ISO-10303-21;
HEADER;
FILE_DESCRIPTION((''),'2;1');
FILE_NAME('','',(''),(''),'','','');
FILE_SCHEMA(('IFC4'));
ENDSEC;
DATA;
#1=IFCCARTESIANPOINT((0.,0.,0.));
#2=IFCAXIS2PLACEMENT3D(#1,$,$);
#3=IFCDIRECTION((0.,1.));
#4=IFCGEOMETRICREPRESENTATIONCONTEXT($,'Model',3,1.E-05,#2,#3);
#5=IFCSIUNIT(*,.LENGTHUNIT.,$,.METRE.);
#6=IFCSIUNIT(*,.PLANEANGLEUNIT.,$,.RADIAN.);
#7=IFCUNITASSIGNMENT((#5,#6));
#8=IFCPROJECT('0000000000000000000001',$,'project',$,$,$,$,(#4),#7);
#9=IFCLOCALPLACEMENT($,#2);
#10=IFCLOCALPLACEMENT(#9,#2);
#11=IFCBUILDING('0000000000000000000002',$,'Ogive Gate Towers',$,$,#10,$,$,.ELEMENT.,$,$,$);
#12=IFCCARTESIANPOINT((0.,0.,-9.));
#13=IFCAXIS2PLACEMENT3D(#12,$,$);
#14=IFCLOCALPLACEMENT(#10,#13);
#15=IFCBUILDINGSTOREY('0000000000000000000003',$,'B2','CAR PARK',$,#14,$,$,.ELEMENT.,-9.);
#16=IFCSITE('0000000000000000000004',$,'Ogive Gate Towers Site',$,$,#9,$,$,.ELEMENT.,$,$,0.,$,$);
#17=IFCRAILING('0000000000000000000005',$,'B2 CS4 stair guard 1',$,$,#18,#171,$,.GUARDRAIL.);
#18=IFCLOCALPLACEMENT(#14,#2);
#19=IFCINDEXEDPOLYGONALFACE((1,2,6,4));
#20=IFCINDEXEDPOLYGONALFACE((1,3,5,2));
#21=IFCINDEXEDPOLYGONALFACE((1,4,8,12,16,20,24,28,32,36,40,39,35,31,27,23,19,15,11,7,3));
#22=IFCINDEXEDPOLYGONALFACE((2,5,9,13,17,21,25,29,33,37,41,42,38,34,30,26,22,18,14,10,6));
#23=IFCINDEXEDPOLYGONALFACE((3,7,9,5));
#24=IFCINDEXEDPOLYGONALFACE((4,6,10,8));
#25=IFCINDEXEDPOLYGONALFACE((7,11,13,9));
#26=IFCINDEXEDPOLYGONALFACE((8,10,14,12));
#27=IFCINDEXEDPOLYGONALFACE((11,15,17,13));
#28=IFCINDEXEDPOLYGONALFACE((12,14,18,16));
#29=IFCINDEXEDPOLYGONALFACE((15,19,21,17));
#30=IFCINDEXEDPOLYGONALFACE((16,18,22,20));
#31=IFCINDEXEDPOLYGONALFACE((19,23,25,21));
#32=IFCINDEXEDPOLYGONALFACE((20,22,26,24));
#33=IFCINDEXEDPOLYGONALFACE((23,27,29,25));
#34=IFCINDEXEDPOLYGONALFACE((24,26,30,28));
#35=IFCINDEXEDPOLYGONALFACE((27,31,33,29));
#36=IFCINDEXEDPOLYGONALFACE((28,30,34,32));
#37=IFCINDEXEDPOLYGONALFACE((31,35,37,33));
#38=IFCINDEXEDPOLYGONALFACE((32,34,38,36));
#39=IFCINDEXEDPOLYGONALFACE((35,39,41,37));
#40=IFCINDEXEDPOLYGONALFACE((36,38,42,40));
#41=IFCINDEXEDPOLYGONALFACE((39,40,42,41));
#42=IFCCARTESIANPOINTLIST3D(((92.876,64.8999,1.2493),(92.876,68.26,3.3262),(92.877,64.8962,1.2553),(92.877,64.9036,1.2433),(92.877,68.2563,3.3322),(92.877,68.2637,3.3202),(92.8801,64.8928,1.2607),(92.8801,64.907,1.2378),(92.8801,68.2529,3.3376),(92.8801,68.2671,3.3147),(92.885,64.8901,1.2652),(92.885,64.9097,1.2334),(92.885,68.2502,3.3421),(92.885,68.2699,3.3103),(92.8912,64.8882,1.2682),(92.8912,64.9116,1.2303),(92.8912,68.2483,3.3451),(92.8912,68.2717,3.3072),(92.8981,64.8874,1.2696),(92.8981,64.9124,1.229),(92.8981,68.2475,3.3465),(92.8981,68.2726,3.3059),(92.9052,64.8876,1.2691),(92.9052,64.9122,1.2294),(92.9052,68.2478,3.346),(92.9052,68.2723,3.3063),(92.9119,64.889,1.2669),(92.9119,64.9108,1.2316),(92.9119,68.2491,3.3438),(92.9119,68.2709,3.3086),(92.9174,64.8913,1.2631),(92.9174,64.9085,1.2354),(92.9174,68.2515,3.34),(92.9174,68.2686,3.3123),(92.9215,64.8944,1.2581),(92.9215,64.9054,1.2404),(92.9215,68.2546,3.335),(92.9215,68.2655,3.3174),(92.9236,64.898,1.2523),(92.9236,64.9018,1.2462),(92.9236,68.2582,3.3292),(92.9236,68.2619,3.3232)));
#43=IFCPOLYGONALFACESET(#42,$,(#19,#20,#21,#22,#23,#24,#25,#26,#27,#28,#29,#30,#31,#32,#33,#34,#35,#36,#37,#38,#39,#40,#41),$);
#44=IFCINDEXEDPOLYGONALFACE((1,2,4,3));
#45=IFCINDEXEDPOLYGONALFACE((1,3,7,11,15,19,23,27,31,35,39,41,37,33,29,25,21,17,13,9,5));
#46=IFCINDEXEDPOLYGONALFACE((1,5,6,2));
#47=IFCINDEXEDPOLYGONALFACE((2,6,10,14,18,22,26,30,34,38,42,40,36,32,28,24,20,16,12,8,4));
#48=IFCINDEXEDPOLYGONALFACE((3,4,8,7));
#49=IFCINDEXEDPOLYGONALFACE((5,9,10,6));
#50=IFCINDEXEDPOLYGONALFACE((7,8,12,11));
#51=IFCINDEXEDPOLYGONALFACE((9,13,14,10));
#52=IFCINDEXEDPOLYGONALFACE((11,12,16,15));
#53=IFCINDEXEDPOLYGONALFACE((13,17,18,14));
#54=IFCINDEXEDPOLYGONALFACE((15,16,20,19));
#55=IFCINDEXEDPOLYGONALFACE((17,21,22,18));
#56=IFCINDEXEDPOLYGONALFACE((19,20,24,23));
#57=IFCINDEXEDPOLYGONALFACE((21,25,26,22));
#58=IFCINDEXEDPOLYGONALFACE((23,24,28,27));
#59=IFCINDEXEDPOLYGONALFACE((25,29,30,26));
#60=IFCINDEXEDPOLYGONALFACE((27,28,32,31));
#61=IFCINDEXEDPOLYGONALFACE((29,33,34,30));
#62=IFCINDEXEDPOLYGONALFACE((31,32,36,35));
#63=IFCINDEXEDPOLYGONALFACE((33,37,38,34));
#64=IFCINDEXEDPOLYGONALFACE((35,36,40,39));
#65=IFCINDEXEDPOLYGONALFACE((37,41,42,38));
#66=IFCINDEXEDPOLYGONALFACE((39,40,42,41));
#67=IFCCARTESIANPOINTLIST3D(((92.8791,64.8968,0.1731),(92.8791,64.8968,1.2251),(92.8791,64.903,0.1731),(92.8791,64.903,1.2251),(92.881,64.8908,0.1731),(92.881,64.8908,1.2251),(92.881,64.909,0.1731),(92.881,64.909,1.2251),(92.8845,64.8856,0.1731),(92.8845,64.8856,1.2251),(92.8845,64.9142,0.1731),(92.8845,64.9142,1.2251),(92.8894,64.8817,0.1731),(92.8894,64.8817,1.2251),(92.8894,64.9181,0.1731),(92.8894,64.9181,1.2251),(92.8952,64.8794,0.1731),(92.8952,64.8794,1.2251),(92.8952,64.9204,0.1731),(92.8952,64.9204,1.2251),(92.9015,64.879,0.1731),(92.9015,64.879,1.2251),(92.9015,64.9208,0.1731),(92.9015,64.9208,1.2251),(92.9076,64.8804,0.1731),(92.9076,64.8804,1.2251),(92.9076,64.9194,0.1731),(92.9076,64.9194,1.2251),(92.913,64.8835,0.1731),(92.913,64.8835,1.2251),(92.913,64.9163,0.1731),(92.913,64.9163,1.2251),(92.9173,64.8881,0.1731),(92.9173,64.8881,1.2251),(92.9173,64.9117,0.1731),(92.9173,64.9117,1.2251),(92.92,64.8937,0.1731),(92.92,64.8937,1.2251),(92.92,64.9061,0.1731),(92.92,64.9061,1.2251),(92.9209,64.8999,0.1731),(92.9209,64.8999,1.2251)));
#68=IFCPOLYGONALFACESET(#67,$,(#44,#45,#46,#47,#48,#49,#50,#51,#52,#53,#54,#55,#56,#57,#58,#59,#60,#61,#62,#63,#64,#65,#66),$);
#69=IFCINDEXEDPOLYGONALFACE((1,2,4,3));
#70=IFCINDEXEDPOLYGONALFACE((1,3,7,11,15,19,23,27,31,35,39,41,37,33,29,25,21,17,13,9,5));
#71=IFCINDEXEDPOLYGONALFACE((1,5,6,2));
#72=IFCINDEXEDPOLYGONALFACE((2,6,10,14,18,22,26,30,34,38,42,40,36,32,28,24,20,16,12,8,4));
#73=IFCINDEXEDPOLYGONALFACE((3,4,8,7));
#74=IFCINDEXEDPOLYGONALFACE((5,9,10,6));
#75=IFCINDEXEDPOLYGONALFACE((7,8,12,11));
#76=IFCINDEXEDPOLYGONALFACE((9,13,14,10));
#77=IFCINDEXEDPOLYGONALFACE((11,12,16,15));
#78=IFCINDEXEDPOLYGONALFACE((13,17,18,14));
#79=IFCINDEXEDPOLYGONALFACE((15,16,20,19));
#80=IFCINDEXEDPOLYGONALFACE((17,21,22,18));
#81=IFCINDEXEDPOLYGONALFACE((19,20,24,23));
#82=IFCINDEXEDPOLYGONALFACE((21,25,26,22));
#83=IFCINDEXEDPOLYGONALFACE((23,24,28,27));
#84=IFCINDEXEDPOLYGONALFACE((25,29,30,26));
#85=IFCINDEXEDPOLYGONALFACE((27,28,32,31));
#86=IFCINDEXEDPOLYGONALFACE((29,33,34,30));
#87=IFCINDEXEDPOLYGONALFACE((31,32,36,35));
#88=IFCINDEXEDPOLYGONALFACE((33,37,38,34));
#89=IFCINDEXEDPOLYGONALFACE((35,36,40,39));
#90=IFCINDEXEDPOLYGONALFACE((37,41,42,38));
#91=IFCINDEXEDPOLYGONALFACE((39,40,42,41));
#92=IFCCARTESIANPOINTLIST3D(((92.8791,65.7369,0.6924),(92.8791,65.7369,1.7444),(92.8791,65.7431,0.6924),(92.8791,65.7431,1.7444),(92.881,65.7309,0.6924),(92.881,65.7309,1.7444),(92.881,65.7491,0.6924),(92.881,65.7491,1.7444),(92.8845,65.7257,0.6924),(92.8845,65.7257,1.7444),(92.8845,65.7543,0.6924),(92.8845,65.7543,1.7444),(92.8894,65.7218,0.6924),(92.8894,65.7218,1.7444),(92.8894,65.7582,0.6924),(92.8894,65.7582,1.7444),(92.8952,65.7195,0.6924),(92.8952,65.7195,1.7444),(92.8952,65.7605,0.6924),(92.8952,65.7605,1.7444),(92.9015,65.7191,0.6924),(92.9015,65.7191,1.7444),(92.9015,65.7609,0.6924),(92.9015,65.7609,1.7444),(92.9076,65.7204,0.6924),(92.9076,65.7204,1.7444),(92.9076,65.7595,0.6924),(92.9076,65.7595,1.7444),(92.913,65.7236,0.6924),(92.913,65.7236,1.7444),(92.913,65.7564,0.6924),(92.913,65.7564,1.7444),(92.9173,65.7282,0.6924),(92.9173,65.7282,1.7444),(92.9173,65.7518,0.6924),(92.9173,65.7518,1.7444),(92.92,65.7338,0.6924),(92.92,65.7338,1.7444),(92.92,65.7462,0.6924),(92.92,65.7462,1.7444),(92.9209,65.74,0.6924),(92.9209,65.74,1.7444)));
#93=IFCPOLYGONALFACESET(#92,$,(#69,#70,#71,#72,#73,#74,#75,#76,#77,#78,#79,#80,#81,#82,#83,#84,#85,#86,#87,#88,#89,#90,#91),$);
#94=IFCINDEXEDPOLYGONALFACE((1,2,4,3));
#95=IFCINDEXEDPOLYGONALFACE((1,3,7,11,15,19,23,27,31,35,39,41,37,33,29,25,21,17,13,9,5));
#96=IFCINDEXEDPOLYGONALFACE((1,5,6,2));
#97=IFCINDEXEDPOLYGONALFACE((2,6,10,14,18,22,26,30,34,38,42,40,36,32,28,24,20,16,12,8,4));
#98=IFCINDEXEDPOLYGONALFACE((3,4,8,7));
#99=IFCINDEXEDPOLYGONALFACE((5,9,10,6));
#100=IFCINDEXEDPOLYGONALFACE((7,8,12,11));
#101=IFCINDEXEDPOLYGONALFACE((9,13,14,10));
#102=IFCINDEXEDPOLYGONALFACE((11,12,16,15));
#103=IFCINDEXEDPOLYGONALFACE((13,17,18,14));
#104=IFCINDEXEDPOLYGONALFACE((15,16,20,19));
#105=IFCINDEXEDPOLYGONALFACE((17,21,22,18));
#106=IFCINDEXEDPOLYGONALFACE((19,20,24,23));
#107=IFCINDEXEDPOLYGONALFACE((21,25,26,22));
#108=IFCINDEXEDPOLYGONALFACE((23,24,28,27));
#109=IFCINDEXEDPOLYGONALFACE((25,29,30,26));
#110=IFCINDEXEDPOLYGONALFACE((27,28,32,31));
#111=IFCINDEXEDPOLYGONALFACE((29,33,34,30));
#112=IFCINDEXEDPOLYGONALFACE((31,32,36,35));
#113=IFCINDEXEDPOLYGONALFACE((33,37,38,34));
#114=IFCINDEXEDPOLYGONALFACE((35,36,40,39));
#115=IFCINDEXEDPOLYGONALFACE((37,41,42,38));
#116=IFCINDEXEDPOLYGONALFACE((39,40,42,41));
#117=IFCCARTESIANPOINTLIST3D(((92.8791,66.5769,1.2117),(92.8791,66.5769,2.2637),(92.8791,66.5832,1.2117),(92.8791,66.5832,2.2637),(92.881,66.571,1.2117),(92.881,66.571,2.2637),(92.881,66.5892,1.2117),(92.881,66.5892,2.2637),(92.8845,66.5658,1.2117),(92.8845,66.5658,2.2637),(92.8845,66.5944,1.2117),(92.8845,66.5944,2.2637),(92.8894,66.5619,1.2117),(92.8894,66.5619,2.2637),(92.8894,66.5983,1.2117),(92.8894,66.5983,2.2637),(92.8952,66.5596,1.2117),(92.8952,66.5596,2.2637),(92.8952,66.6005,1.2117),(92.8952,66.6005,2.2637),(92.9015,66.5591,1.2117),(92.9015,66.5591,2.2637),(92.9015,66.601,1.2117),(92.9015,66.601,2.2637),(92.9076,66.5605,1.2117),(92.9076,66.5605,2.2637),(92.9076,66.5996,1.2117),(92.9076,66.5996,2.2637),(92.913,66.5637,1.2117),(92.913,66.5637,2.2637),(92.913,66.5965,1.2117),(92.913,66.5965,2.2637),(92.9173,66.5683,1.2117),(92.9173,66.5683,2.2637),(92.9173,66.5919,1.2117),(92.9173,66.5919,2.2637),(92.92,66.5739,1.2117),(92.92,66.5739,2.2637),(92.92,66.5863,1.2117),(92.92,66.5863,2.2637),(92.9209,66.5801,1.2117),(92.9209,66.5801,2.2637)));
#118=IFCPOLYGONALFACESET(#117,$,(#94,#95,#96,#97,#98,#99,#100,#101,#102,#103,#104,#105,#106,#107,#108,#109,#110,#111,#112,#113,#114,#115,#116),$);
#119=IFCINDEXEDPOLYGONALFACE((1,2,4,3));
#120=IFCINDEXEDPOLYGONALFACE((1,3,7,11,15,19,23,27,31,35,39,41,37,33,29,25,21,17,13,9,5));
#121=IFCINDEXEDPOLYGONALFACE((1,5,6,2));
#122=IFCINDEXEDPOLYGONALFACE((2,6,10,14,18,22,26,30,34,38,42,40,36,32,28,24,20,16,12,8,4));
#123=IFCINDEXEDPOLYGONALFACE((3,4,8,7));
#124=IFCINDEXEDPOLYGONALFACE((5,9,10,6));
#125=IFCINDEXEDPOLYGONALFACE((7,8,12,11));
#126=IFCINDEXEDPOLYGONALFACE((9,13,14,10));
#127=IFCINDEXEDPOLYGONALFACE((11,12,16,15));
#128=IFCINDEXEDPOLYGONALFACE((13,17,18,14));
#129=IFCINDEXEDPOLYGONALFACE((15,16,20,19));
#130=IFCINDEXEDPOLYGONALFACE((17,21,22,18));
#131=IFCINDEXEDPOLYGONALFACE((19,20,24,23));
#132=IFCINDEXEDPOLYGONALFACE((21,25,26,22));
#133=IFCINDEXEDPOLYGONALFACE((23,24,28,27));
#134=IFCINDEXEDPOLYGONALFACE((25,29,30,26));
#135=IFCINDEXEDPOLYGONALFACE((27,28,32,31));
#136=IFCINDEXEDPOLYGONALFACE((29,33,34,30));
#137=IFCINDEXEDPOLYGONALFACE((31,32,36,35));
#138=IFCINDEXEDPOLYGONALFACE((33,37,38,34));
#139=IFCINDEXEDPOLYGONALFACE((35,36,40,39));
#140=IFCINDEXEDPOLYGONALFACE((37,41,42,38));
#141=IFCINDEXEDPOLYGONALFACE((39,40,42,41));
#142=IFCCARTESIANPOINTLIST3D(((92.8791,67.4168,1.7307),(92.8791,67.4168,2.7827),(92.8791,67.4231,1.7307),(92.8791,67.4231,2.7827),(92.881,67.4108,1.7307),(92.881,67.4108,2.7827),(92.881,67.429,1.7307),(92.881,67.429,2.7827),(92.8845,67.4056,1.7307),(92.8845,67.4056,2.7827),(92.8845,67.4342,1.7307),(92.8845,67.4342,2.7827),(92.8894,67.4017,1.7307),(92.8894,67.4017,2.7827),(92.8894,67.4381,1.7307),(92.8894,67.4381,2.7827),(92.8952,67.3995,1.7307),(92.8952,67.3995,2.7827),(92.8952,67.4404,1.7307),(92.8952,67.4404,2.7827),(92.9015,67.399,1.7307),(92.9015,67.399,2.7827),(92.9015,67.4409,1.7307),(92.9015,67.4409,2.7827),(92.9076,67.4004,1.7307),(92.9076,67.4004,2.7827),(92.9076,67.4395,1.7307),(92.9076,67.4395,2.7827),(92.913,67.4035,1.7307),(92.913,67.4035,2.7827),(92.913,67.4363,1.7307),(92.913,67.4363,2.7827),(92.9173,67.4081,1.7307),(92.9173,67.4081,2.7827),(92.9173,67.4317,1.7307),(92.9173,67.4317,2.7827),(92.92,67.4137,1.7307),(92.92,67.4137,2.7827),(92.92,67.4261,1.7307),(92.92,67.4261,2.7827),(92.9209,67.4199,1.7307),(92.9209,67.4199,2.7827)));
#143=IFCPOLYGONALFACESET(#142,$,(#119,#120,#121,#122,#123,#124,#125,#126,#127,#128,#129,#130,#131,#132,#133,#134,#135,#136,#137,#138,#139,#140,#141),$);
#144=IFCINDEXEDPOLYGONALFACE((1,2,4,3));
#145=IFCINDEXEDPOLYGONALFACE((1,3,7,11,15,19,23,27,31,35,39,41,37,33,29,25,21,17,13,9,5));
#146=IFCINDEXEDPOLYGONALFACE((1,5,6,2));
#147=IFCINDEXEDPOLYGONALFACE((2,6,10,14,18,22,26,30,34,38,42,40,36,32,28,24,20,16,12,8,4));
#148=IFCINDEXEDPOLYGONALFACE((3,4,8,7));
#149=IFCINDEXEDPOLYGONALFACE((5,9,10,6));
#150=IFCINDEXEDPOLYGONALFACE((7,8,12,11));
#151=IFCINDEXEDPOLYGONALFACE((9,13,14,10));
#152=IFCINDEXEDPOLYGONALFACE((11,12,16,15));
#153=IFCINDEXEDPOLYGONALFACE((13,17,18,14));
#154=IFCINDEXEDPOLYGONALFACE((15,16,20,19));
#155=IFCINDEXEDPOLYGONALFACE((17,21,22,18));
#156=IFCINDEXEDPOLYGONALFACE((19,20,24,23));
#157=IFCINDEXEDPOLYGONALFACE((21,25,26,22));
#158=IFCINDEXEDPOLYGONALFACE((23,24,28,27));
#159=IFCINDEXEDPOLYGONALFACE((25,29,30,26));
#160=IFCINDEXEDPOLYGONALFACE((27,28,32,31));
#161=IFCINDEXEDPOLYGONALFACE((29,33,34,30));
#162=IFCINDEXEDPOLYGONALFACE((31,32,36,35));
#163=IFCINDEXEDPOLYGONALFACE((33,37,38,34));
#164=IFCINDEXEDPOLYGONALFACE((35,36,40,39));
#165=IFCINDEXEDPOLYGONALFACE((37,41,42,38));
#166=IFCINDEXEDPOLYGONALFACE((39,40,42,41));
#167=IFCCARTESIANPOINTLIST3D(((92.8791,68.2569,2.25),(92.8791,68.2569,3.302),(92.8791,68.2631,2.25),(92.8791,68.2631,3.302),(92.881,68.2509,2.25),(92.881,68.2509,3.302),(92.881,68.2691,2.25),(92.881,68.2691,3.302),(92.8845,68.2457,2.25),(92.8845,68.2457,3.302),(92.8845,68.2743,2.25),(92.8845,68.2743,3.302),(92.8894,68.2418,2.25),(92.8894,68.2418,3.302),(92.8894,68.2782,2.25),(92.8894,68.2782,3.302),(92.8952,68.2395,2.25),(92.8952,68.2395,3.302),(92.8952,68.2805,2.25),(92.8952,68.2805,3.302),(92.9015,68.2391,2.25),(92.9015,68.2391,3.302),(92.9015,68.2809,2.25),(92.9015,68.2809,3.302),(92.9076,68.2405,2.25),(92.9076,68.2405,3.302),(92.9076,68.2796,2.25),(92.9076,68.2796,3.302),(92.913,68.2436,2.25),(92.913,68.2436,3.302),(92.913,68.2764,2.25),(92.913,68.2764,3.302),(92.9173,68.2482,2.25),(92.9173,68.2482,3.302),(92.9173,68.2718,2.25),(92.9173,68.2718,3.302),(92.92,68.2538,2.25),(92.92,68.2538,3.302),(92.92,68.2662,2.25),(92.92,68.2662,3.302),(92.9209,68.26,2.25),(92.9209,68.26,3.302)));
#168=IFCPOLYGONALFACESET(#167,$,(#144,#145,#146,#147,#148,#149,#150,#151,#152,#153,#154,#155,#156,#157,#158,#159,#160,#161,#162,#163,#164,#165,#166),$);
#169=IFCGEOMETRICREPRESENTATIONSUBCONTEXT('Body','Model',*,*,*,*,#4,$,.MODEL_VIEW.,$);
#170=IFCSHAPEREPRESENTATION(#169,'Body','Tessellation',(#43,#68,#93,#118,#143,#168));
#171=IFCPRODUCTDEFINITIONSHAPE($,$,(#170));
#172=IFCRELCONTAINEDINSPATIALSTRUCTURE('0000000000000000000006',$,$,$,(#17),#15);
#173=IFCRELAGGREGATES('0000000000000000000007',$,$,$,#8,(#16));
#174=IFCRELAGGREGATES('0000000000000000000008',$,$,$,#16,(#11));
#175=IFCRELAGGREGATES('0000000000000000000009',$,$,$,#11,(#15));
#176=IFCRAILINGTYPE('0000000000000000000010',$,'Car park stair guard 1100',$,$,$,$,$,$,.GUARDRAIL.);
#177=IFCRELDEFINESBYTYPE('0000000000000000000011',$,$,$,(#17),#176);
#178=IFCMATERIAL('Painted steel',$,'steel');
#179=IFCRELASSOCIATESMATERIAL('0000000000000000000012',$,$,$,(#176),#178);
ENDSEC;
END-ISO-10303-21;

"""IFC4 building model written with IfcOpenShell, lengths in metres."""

from ifc_helpers import new_model, si_unit, direction, frame, origin, origin_2d, place, context, subcontext, project, spatial, circle, extrude, material, type_object, element, save


model = new_model("IFC4")

# Units and contexts
model_context = context("Model", 3, precision=1e-05, world=origin(), true_north=direction((0.0, 1.0)))
body_context = subcontext(model_context, "Body", "Model", "MODEL_VIEW")
ifc_project = project(units=[si_unit("LENGTHUNIT", "METRE"), si_unit("PLANEANGLEUNIT", "RADIAN")], contexts=[model_context])

# Site, building, storey
site_placement = place(None, origin())
site = spatial("IfcSite", under=ifc_project, at=site_placement, Name="Ogive Gate Towers Site", CompositionType="ELEMENT", RefElevation=0.0)
building_placement = place(site_placement, origin())
building = spatial("IfcBuilding", under=site, at=building_placement, Name="Ogive Gate Towers", CompositionType="ELEMENT")
storey_placement = place(building_placement, frame((0.0, 0.0, -9.0)))
storey = spatial("IfcBuildingStorey", under=building, at=storey_placement, Name="B2", Description="CAR PARK", CompositionType="ELEMENT", Elevation=-9.0)

# Railing
ifc_material_1 = material(Name="Painted steel", Category="steel")
railing_type_1 = type_object("IfcRailingType", Name="Car park stair guard 1100", PredefinedType="GUARDRAIL", material=ifc_material_1)
railing_1_placement = place(storey_placement, frame((92.8999, 64.8999, 0.1731)))
element("IfcRailing", 1, at=railing_1_placement, inside=storey, type_object=railing_type_1, Name="B2 CS4 stair guard 1", PredefinedType="GUARDRAIL", context=body_context, shape_type="SweptSolid", body=[
    extrude(circle(Radius=0.0239, at=origin_2d()), frame((0.0, 0.0, 1.0762), z_axis=(0.0, 0.850623, 0.525776), x_axis=(-1.0, 0.0, 0.0)), (0.0, 0.0, 1.0), 3.9502),
    extrude(circle(Radius=0.021, at=origin_2d()), origin(), (0.0, 0.0, 1.0), 1.052),
    extrude(circle(Radius=0.021, at=origin_2d()), frame((0.0, 0.8401, 0.5193)), (0.0, 0.0, 1.0), 1.052),
    extrude(circle(Radius=0.021, at=origin_2d()), frame((0.0, 1.6802, 1.0386)), (0.0, 0.0, 1.0), 1.052),
    extrude(circle(Radius=0.021, at=origin_2d()), frame((0.0, 2.52, 1.5576)), (0.0, 0.0, 1.0), 1.052),
    extrude(circle(Radius=0.021, at=origin_2d()), frame((0.0, 3.3601, 2.0769)), (0.0, 0.0, 1.0), 1.052),
])

save(model, "model.ifc")
